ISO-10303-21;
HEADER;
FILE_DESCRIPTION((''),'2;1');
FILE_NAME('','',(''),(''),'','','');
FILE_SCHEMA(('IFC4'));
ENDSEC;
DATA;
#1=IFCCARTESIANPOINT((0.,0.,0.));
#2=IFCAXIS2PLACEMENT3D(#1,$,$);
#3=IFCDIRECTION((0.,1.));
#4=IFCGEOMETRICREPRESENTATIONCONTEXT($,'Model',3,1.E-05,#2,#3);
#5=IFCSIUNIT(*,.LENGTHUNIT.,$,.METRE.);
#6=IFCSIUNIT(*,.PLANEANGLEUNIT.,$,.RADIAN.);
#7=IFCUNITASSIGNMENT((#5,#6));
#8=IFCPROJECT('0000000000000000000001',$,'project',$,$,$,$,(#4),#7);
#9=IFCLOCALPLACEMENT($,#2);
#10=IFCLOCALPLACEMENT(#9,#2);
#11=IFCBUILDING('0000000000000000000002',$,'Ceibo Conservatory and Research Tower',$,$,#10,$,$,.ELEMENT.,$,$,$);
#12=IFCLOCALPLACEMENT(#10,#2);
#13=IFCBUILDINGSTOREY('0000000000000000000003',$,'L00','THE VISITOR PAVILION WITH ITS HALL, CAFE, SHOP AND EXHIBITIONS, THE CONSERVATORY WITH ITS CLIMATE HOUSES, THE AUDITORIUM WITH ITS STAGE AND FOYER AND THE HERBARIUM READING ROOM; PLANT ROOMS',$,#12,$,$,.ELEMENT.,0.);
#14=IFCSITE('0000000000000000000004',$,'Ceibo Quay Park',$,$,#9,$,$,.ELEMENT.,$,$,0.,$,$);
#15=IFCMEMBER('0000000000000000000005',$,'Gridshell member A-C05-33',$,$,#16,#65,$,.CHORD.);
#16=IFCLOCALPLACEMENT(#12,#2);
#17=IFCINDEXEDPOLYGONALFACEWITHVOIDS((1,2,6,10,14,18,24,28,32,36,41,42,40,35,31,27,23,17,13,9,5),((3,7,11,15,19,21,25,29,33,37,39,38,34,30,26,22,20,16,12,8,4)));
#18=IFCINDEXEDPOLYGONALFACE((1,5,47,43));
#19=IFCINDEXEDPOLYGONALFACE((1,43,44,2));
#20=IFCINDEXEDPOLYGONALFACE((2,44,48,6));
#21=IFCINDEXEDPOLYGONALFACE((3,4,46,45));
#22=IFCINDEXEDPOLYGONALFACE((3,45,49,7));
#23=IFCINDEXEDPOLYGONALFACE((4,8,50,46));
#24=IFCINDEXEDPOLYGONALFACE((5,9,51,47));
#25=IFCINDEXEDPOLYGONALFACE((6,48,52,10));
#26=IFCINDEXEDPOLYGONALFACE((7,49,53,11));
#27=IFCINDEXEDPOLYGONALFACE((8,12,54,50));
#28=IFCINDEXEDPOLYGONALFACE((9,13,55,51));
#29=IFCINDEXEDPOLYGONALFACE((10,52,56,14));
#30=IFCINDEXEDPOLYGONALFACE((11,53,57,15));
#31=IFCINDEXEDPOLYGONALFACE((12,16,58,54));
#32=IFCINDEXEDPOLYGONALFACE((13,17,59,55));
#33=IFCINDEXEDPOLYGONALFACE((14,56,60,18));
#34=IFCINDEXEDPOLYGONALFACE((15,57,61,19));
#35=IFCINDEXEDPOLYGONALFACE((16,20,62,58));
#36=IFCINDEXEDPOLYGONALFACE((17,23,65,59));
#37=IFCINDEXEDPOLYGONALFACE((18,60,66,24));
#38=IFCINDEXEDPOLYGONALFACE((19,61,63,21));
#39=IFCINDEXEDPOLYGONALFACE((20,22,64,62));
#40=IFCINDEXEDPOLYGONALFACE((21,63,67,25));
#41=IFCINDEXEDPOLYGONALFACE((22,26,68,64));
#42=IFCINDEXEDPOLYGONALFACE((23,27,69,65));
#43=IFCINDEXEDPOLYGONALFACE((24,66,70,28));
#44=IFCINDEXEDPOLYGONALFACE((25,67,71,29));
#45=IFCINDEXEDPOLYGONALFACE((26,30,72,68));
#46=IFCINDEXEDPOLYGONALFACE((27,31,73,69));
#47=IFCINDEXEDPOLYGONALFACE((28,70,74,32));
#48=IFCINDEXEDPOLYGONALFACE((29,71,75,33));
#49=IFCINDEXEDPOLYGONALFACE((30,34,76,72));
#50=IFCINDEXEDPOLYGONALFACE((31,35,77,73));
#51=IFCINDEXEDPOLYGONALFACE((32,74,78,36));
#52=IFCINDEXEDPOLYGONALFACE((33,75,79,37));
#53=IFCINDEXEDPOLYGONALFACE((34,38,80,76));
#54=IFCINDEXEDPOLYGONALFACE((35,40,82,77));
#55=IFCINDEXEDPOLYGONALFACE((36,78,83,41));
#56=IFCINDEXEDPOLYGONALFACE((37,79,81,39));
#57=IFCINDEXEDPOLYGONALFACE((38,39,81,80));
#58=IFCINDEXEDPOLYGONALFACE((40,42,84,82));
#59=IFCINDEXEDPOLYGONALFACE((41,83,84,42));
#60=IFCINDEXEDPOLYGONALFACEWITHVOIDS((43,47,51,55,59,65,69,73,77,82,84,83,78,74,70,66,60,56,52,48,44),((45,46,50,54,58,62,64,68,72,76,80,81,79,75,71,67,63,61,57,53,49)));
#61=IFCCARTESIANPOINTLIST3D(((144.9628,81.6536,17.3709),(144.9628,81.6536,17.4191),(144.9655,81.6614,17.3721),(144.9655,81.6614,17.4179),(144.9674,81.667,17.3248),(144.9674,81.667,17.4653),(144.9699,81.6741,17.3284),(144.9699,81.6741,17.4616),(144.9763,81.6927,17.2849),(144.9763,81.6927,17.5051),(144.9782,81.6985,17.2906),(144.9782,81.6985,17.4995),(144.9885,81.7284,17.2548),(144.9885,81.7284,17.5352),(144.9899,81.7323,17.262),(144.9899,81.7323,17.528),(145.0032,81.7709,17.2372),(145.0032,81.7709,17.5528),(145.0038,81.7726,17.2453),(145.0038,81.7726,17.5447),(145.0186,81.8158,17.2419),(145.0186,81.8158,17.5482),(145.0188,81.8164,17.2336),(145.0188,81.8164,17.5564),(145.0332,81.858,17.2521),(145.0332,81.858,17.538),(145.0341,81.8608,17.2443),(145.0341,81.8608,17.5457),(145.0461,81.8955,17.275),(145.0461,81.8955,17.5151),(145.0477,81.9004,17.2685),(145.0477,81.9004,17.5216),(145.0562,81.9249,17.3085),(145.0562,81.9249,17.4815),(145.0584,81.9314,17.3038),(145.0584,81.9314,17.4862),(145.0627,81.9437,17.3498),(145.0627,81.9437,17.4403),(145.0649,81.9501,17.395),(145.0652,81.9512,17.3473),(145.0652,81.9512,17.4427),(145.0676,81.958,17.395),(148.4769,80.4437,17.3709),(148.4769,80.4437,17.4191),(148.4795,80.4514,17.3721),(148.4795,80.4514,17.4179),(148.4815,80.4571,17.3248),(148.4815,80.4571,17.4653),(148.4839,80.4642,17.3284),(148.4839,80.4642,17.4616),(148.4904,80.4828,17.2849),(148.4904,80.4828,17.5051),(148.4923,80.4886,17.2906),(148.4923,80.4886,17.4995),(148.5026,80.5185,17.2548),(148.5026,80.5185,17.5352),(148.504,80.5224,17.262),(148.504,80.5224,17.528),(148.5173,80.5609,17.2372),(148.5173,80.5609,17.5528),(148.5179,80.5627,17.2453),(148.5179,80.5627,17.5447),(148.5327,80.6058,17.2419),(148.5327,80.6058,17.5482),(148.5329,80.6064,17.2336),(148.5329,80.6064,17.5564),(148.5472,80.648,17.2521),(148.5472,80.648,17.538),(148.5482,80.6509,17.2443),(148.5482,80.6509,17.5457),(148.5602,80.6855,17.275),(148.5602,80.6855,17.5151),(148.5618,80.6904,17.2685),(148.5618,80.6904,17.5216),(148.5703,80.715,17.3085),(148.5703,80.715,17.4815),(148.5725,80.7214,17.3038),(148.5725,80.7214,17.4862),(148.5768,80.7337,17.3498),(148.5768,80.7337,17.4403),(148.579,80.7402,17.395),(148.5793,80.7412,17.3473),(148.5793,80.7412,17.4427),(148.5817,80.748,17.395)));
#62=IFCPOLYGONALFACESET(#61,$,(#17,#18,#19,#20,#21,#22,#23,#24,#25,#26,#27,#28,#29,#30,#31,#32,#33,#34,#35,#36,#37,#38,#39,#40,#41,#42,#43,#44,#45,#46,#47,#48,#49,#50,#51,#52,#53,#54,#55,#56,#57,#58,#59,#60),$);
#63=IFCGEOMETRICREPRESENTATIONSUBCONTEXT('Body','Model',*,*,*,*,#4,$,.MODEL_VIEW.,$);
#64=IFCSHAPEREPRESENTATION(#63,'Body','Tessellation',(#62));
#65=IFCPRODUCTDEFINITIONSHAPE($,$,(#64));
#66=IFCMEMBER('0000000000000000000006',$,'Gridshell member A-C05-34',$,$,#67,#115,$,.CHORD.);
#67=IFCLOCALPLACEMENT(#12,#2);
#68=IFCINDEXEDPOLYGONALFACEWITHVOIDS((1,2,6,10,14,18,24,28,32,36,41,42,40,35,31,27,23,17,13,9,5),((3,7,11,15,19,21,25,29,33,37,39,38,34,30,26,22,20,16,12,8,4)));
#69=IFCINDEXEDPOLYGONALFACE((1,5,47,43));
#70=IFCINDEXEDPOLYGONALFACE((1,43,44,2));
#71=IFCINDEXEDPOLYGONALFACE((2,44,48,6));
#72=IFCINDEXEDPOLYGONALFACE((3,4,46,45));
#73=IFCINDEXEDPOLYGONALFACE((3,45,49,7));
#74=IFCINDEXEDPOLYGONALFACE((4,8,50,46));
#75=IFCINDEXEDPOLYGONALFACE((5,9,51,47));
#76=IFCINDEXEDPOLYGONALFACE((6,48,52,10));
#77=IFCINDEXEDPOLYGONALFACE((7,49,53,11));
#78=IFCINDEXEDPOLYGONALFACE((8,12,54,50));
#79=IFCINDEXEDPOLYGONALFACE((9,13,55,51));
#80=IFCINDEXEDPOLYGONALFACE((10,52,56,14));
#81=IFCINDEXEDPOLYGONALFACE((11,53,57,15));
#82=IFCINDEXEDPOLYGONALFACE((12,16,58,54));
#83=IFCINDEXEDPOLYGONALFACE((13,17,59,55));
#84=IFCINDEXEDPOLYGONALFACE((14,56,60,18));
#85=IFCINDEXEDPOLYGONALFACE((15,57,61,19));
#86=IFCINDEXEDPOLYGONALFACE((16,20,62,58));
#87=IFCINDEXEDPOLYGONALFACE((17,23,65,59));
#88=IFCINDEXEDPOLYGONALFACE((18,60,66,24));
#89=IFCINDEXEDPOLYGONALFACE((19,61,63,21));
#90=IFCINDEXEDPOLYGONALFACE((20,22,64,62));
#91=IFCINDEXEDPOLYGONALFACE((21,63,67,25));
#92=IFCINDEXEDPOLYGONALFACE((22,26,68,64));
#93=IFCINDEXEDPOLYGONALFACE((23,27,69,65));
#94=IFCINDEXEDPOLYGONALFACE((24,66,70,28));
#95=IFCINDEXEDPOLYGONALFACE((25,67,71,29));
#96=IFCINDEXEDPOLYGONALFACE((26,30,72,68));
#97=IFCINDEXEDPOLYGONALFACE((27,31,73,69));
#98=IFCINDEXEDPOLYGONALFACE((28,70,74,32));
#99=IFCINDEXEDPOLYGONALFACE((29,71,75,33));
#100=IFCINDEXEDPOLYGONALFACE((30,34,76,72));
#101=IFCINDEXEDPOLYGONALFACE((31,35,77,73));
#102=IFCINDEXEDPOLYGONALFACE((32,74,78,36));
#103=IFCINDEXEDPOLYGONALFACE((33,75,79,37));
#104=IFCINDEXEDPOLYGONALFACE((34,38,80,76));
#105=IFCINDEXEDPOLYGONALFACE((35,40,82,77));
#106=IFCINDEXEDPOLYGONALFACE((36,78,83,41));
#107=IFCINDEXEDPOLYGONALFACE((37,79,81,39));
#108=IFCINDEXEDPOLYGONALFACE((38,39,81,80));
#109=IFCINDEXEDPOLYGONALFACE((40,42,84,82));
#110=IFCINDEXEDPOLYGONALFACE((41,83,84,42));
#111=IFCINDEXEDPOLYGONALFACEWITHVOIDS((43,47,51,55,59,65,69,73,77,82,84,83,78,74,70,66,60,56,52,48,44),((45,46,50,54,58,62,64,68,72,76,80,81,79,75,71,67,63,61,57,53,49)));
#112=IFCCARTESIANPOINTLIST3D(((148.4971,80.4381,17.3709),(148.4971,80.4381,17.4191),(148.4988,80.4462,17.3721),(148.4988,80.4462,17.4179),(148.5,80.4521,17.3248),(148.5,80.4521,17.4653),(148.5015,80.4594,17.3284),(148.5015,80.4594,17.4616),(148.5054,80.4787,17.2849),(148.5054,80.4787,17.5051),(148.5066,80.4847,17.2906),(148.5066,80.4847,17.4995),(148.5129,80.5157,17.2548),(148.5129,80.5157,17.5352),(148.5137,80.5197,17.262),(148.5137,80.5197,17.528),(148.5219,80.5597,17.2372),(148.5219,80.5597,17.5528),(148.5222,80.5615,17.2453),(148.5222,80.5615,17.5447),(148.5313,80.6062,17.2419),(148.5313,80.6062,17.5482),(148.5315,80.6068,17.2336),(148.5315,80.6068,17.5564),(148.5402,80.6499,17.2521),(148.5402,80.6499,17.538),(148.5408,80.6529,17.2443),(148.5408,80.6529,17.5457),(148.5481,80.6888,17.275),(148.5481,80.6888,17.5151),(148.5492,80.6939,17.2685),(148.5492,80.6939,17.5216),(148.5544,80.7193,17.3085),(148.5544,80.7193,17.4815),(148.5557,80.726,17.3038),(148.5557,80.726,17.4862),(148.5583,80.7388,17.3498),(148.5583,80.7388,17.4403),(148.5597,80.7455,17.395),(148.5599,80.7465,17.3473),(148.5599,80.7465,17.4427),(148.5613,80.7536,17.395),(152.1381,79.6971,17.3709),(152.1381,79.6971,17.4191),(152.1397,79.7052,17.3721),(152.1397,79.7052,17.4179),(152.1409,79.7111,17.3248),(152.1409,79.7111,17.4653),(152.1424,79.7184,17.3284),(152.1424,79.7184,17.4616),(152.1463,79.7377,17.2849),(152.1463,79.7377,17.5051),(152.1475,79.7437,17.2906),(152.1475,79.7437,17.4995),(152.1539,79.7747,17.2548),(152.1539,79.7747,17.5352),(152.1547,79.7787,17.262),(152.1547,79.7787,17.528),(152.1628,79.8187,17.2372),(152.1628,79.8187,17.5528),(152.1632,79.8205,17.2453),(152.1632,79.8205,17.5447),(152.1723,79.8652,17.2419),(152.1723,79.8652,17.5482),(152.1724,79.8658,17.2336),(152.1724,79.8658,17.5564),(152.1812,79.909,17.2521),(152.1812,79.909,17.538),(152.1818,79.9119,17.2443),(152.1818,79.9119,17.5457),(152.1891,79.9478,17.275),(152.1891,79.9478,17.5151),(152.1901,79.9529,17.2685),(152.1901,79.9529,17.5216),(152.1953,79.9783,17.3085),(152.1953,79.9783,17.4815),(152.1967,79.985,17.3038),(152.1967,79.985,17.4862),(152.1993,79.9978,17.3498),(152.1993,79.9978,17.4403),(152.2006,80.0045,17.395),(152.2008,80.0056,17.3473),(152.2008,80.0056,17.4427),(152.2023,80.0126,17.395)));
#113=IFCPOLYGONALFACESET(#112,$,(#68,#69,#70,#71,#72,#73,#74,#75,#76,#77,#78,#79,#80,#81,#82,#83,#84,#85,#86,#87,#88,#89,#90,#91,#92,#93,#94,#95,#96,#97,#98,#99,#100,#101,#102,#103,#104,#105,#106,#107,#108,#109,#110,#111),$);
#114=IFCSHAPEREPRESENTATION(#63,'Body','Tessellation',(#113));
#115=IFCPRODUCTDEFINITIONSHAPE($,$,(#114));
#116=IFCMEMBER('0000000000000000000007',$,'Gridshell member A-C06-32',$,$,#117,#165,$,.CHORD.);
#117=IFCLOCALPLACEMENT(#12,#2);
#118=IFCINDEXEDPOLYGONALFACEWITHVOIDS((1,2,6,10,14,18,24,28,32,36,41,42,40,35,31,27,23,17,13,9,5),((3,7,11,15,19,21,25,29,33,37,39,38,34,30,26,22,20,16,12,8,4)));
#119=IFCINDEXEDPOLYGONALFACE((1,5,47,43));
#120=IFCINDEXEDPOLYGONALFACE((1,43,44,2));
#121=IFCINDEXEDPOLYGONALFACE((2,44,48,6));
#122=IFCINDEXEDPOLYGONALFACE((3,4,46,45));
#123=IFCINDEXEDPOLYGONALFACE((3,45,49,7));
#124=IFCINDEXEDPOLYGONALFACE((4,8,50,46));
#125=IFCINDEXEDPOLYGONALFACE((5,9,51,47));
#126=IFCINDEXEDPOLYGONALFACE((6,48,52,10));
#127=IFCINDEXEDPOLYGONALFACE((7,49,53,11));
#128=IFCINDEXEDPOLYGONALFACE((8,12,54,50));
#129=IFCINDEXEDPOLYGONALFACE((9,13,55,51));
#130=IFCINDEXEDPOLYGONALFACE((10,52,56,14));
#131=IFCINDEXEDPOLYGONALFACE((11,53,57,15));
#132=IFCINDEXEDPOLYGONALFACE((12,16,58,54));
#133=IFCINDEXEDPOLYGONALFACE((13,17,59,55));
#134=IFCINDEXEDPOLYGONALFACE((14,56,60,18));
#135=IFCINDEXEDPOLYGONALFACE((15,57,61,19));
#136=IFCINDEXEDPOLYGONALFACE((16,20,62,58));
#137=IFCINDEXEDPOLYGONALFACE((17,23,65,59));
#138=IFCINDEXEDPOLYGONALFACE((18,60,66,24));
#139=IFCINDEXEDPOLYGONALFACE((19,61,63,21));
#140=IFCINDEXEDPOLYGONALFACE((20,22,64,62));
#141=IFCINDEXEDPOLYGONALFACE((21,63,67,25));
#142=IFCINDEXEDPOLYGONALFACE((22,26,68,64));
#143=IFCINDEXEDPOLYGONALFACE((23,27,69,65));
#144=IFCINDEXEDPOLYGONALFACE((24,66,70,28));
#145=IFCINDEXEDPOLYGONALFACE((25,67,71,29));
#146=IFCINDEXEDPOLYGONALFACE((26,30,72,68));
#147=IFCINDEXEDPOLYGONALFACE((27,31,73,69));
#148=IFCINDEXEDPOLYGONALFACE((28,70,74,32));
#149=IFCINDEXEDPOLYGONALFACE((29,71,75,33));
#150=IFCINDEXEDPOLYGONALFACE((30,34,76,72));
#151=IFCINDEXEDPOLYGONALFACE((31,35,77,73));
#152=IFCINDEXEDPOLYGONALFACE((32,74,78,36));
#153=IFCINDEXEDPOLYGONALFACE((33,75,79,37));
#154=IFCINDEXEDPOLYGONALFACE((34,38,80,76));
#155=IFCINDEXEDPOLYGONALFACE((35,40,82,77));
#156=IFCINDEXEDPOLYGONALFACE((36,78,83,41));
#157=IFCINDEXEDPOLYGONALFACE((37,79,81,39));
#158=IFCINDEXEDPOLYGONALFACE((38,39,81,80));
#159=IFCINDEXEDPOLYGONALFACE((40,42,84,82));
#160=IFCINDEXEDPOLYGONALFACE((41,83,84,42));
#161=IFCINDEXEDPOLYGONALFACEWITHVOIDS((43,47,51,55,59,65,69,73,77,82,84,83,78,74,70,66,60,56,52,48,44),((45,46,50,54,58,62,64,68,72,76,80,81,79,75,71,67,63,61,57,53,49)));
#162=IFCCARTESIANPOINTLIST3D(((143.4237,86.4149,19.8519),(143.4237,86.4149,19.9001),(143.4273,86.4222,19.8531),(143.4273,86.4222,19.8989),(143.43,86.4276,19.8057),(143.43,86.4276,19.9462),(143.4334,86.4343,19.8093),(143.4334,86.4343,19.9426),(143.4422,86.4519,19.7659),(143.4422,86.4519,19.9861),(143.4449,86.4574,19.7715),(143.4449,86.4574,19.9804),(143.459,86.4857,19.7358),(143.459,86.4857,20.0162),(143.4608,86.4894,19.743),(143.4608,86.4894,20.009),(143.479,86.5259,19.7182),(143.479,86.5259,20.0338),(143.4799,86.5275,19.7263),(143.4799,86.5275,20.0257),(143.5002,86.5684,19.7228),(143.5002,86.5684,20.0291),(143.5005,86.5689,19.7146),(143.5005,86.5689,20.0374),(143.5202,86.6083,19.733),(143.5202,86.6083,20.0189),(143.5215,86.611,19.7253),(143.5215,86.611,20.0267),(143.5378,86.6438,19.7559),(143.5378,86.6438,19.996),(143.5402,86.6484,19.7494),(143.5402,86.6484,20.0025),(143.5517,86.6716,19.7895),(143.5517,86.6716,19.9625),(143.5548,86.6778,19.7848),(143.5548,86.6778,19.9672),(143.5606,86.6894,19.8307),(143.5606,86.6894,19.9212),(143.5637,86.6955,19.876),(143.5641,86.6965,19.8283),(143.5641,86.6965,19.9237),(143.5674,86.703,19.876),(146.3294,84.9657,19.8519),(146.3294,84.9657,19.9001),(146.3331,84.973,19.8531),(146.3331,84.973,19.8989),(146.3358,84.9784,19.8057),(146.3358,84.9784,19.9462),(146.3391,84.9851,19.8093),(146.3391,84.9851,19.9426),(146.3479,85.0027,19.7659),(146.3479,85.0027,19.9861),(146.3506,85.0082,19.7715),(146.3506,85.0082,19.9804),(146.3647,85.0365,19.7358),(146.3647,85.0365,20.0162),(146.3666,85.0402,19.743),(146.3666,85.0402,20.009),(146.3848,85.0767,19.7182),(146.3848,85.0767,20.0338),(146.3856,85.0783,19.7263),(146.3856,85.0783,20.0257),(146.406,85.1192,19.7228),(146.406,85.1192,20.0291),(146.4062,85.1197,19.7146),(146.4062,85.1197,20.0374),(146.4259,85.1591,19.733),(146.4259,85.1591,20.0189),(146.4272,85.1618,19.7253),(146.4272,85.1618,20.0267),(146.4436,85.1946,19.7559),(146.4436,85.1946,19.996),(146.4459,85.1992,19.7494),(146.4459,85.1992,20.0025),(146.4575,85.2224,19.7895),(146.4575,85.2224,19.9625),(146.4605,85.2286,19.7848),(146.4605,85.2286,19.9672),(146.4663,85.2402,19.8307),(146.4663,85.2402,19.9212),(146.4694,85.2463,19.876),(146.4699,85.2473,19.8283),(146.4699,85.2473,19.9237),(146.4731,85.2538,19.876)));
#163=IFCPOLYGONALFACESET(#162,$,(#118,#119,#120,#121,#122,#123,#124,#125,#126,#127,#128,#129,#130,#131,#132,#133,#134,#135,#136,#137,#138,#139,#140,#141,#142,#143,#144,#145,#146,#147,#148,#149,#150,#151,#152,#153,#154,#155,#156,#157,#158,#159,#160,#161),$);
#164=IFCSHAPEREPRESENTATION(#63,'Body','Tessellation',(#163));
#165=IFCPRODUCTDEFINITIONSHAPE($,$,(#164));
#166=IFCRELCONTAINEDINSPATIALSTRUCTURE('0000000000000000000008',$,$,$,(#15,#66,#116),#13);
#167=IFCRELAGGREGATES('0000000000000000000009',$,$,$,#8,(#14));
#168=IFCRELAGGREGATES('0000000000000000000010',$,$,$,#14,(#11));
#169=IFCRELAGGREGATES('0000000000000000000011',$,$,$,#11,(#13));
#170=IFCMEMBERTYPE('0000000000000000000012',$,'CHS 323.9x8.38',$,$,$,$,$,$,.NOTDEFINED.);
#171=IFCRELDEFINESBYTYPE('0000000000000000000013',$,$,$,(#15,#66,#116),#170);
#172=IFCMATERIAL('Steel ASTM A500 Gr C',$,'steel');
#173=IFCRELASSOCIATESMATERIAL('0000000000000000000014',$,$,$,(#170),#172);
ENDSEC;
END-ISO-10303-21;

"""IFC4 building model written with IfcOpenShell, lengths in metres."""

from ifc_helpers import new_model, si_unit, direction, frame, origin, origin_2d, place, context, subcontext, project, spatial, hollow_circle, extrude, material, material_profile, profile_set, type_object, element, save


model = new_model("IFC4")

# Units and contexts
model_context = context("Model", 3, precision=1e-05, world=origin(), true_north=direction((0.0, 1.0)))
body_context = subcontext(model_context, "Body", "Model", "MODEL_VIEW")
ifc_project = project(units=[si_unit("LENGTHUNIT", "METRE"), si_unit("PLANEANGLEUNIT", "RADIAN")], contexts=[model_context])

# Site, building, storey
site_placement = place(None, origin())
site = spatial("IfcSite", under=ifc_project, at=site_placement, Name="Ceibo Quay Park", CompositionType="ELEMENT", RefElevation=0.0)
building_placement = place(site_placement, origin())
building = spatial("IfcBuilding", under=site, at=building_placement, Name="Ceibo Conservatory and Research Tower", CompositionType="ELEMENT")
storey_placement = place(building_placement, origin())
storey = spatial("IfcBuildingStorey", under=building, at=storey_placement, Name="L00", Description="THE VISITOR PAVILION WITH ITS HALL, CAFE, SHOP AND EXHIBITIONS, THE CONSERVATORY WITH ITS CLIMATE HOUSES, THE AUDITORIUM WITH ITS STAGE AND FOYER AND THE HERBARIUM READING ROOM; PLANT ROOMS", CompositionType="ELEMENT", Elevation=0.0)

# Members
ifc_material_1 = material(Name="Steel ASTM A500 Gr C", Category="steel")
ifc_material_profile_1 = material_profile(ifc_material_1, hollow_circle(Radius=0.1619, WallThickness=0.0083, at=origin_2d()), Name="CHS 323.9x8.38")
ifc_profile_set_1 = profile_set([ifc_material_profile_1], Name="Steel ASTM A500 Gr C")
member_type_1 = type_object("IfcMemberType", Name="CHS 323.9x8.38", PredefinedType="NOTDEFINED", material=ifc_profile_set_1)
member_1_placement = place(storey_placement, frame((145.0149, 81.8049, 17.395), z_axis=(0.945524, -0.325553, 0.0), x_axis=(0.325553, 0.945524, 0.0)))
element("IfcMember", 1, at=member_1_placement, inside=storey, type_object=member_type_1, Name="Gridshell member A-C05-33", PredefinedType="CHORD", context=body_context, shape_type="SweptSolid", body=[
    extrude(hollow_circle(Radius=0.1619, WallThickness=0.0083, at=origin_2d()), origin(), (0.0, 0.0, 1.0), 3.7166),
])
member_2_placement = place(storey_placement, frame((148.5291, 80.595, 17.395), z_axis=(0.979913, -0.199426, 0.0), x_axis=(0.199426, 0.979913, 0.0)))
element("IfcMember", 2, at=member_2_placement, inside=storey, type_object=member_type_1, Name="Gridshell member A-C05-34", PredefinedType="CHORD", context=body_context, shape_type="SweptSolid", body=[
    extrude(hollow_circle(Radius=0.1619, WallThickness=0.0083, at=origin_2d()), origin(), (0.0, 0.0, 1.0), 3.7156),
])
member_3_placement = place(storey_placement, frame((143.4951, 86.5581, 19.876), z_axis=(0.894878, -0.446311, 0.0), x_axis=(0.446311, 0.894878, 0.0)))
element("IfcMember", 3, at=member_3_placement, inside=storey, type_object=member_type_1, Name="Gridshell member A-C06-32", PredefinedType="CHORD", context=body_context, shape_type="SweptSolid", body=[
    extrude(hollow_circle(Radius=0.1619, WallThickness=0.0083, at=origin_2d()), origin(), (0.0, 0.0, 1.0), 3.2471),
])

save(model, "model.ifc")
